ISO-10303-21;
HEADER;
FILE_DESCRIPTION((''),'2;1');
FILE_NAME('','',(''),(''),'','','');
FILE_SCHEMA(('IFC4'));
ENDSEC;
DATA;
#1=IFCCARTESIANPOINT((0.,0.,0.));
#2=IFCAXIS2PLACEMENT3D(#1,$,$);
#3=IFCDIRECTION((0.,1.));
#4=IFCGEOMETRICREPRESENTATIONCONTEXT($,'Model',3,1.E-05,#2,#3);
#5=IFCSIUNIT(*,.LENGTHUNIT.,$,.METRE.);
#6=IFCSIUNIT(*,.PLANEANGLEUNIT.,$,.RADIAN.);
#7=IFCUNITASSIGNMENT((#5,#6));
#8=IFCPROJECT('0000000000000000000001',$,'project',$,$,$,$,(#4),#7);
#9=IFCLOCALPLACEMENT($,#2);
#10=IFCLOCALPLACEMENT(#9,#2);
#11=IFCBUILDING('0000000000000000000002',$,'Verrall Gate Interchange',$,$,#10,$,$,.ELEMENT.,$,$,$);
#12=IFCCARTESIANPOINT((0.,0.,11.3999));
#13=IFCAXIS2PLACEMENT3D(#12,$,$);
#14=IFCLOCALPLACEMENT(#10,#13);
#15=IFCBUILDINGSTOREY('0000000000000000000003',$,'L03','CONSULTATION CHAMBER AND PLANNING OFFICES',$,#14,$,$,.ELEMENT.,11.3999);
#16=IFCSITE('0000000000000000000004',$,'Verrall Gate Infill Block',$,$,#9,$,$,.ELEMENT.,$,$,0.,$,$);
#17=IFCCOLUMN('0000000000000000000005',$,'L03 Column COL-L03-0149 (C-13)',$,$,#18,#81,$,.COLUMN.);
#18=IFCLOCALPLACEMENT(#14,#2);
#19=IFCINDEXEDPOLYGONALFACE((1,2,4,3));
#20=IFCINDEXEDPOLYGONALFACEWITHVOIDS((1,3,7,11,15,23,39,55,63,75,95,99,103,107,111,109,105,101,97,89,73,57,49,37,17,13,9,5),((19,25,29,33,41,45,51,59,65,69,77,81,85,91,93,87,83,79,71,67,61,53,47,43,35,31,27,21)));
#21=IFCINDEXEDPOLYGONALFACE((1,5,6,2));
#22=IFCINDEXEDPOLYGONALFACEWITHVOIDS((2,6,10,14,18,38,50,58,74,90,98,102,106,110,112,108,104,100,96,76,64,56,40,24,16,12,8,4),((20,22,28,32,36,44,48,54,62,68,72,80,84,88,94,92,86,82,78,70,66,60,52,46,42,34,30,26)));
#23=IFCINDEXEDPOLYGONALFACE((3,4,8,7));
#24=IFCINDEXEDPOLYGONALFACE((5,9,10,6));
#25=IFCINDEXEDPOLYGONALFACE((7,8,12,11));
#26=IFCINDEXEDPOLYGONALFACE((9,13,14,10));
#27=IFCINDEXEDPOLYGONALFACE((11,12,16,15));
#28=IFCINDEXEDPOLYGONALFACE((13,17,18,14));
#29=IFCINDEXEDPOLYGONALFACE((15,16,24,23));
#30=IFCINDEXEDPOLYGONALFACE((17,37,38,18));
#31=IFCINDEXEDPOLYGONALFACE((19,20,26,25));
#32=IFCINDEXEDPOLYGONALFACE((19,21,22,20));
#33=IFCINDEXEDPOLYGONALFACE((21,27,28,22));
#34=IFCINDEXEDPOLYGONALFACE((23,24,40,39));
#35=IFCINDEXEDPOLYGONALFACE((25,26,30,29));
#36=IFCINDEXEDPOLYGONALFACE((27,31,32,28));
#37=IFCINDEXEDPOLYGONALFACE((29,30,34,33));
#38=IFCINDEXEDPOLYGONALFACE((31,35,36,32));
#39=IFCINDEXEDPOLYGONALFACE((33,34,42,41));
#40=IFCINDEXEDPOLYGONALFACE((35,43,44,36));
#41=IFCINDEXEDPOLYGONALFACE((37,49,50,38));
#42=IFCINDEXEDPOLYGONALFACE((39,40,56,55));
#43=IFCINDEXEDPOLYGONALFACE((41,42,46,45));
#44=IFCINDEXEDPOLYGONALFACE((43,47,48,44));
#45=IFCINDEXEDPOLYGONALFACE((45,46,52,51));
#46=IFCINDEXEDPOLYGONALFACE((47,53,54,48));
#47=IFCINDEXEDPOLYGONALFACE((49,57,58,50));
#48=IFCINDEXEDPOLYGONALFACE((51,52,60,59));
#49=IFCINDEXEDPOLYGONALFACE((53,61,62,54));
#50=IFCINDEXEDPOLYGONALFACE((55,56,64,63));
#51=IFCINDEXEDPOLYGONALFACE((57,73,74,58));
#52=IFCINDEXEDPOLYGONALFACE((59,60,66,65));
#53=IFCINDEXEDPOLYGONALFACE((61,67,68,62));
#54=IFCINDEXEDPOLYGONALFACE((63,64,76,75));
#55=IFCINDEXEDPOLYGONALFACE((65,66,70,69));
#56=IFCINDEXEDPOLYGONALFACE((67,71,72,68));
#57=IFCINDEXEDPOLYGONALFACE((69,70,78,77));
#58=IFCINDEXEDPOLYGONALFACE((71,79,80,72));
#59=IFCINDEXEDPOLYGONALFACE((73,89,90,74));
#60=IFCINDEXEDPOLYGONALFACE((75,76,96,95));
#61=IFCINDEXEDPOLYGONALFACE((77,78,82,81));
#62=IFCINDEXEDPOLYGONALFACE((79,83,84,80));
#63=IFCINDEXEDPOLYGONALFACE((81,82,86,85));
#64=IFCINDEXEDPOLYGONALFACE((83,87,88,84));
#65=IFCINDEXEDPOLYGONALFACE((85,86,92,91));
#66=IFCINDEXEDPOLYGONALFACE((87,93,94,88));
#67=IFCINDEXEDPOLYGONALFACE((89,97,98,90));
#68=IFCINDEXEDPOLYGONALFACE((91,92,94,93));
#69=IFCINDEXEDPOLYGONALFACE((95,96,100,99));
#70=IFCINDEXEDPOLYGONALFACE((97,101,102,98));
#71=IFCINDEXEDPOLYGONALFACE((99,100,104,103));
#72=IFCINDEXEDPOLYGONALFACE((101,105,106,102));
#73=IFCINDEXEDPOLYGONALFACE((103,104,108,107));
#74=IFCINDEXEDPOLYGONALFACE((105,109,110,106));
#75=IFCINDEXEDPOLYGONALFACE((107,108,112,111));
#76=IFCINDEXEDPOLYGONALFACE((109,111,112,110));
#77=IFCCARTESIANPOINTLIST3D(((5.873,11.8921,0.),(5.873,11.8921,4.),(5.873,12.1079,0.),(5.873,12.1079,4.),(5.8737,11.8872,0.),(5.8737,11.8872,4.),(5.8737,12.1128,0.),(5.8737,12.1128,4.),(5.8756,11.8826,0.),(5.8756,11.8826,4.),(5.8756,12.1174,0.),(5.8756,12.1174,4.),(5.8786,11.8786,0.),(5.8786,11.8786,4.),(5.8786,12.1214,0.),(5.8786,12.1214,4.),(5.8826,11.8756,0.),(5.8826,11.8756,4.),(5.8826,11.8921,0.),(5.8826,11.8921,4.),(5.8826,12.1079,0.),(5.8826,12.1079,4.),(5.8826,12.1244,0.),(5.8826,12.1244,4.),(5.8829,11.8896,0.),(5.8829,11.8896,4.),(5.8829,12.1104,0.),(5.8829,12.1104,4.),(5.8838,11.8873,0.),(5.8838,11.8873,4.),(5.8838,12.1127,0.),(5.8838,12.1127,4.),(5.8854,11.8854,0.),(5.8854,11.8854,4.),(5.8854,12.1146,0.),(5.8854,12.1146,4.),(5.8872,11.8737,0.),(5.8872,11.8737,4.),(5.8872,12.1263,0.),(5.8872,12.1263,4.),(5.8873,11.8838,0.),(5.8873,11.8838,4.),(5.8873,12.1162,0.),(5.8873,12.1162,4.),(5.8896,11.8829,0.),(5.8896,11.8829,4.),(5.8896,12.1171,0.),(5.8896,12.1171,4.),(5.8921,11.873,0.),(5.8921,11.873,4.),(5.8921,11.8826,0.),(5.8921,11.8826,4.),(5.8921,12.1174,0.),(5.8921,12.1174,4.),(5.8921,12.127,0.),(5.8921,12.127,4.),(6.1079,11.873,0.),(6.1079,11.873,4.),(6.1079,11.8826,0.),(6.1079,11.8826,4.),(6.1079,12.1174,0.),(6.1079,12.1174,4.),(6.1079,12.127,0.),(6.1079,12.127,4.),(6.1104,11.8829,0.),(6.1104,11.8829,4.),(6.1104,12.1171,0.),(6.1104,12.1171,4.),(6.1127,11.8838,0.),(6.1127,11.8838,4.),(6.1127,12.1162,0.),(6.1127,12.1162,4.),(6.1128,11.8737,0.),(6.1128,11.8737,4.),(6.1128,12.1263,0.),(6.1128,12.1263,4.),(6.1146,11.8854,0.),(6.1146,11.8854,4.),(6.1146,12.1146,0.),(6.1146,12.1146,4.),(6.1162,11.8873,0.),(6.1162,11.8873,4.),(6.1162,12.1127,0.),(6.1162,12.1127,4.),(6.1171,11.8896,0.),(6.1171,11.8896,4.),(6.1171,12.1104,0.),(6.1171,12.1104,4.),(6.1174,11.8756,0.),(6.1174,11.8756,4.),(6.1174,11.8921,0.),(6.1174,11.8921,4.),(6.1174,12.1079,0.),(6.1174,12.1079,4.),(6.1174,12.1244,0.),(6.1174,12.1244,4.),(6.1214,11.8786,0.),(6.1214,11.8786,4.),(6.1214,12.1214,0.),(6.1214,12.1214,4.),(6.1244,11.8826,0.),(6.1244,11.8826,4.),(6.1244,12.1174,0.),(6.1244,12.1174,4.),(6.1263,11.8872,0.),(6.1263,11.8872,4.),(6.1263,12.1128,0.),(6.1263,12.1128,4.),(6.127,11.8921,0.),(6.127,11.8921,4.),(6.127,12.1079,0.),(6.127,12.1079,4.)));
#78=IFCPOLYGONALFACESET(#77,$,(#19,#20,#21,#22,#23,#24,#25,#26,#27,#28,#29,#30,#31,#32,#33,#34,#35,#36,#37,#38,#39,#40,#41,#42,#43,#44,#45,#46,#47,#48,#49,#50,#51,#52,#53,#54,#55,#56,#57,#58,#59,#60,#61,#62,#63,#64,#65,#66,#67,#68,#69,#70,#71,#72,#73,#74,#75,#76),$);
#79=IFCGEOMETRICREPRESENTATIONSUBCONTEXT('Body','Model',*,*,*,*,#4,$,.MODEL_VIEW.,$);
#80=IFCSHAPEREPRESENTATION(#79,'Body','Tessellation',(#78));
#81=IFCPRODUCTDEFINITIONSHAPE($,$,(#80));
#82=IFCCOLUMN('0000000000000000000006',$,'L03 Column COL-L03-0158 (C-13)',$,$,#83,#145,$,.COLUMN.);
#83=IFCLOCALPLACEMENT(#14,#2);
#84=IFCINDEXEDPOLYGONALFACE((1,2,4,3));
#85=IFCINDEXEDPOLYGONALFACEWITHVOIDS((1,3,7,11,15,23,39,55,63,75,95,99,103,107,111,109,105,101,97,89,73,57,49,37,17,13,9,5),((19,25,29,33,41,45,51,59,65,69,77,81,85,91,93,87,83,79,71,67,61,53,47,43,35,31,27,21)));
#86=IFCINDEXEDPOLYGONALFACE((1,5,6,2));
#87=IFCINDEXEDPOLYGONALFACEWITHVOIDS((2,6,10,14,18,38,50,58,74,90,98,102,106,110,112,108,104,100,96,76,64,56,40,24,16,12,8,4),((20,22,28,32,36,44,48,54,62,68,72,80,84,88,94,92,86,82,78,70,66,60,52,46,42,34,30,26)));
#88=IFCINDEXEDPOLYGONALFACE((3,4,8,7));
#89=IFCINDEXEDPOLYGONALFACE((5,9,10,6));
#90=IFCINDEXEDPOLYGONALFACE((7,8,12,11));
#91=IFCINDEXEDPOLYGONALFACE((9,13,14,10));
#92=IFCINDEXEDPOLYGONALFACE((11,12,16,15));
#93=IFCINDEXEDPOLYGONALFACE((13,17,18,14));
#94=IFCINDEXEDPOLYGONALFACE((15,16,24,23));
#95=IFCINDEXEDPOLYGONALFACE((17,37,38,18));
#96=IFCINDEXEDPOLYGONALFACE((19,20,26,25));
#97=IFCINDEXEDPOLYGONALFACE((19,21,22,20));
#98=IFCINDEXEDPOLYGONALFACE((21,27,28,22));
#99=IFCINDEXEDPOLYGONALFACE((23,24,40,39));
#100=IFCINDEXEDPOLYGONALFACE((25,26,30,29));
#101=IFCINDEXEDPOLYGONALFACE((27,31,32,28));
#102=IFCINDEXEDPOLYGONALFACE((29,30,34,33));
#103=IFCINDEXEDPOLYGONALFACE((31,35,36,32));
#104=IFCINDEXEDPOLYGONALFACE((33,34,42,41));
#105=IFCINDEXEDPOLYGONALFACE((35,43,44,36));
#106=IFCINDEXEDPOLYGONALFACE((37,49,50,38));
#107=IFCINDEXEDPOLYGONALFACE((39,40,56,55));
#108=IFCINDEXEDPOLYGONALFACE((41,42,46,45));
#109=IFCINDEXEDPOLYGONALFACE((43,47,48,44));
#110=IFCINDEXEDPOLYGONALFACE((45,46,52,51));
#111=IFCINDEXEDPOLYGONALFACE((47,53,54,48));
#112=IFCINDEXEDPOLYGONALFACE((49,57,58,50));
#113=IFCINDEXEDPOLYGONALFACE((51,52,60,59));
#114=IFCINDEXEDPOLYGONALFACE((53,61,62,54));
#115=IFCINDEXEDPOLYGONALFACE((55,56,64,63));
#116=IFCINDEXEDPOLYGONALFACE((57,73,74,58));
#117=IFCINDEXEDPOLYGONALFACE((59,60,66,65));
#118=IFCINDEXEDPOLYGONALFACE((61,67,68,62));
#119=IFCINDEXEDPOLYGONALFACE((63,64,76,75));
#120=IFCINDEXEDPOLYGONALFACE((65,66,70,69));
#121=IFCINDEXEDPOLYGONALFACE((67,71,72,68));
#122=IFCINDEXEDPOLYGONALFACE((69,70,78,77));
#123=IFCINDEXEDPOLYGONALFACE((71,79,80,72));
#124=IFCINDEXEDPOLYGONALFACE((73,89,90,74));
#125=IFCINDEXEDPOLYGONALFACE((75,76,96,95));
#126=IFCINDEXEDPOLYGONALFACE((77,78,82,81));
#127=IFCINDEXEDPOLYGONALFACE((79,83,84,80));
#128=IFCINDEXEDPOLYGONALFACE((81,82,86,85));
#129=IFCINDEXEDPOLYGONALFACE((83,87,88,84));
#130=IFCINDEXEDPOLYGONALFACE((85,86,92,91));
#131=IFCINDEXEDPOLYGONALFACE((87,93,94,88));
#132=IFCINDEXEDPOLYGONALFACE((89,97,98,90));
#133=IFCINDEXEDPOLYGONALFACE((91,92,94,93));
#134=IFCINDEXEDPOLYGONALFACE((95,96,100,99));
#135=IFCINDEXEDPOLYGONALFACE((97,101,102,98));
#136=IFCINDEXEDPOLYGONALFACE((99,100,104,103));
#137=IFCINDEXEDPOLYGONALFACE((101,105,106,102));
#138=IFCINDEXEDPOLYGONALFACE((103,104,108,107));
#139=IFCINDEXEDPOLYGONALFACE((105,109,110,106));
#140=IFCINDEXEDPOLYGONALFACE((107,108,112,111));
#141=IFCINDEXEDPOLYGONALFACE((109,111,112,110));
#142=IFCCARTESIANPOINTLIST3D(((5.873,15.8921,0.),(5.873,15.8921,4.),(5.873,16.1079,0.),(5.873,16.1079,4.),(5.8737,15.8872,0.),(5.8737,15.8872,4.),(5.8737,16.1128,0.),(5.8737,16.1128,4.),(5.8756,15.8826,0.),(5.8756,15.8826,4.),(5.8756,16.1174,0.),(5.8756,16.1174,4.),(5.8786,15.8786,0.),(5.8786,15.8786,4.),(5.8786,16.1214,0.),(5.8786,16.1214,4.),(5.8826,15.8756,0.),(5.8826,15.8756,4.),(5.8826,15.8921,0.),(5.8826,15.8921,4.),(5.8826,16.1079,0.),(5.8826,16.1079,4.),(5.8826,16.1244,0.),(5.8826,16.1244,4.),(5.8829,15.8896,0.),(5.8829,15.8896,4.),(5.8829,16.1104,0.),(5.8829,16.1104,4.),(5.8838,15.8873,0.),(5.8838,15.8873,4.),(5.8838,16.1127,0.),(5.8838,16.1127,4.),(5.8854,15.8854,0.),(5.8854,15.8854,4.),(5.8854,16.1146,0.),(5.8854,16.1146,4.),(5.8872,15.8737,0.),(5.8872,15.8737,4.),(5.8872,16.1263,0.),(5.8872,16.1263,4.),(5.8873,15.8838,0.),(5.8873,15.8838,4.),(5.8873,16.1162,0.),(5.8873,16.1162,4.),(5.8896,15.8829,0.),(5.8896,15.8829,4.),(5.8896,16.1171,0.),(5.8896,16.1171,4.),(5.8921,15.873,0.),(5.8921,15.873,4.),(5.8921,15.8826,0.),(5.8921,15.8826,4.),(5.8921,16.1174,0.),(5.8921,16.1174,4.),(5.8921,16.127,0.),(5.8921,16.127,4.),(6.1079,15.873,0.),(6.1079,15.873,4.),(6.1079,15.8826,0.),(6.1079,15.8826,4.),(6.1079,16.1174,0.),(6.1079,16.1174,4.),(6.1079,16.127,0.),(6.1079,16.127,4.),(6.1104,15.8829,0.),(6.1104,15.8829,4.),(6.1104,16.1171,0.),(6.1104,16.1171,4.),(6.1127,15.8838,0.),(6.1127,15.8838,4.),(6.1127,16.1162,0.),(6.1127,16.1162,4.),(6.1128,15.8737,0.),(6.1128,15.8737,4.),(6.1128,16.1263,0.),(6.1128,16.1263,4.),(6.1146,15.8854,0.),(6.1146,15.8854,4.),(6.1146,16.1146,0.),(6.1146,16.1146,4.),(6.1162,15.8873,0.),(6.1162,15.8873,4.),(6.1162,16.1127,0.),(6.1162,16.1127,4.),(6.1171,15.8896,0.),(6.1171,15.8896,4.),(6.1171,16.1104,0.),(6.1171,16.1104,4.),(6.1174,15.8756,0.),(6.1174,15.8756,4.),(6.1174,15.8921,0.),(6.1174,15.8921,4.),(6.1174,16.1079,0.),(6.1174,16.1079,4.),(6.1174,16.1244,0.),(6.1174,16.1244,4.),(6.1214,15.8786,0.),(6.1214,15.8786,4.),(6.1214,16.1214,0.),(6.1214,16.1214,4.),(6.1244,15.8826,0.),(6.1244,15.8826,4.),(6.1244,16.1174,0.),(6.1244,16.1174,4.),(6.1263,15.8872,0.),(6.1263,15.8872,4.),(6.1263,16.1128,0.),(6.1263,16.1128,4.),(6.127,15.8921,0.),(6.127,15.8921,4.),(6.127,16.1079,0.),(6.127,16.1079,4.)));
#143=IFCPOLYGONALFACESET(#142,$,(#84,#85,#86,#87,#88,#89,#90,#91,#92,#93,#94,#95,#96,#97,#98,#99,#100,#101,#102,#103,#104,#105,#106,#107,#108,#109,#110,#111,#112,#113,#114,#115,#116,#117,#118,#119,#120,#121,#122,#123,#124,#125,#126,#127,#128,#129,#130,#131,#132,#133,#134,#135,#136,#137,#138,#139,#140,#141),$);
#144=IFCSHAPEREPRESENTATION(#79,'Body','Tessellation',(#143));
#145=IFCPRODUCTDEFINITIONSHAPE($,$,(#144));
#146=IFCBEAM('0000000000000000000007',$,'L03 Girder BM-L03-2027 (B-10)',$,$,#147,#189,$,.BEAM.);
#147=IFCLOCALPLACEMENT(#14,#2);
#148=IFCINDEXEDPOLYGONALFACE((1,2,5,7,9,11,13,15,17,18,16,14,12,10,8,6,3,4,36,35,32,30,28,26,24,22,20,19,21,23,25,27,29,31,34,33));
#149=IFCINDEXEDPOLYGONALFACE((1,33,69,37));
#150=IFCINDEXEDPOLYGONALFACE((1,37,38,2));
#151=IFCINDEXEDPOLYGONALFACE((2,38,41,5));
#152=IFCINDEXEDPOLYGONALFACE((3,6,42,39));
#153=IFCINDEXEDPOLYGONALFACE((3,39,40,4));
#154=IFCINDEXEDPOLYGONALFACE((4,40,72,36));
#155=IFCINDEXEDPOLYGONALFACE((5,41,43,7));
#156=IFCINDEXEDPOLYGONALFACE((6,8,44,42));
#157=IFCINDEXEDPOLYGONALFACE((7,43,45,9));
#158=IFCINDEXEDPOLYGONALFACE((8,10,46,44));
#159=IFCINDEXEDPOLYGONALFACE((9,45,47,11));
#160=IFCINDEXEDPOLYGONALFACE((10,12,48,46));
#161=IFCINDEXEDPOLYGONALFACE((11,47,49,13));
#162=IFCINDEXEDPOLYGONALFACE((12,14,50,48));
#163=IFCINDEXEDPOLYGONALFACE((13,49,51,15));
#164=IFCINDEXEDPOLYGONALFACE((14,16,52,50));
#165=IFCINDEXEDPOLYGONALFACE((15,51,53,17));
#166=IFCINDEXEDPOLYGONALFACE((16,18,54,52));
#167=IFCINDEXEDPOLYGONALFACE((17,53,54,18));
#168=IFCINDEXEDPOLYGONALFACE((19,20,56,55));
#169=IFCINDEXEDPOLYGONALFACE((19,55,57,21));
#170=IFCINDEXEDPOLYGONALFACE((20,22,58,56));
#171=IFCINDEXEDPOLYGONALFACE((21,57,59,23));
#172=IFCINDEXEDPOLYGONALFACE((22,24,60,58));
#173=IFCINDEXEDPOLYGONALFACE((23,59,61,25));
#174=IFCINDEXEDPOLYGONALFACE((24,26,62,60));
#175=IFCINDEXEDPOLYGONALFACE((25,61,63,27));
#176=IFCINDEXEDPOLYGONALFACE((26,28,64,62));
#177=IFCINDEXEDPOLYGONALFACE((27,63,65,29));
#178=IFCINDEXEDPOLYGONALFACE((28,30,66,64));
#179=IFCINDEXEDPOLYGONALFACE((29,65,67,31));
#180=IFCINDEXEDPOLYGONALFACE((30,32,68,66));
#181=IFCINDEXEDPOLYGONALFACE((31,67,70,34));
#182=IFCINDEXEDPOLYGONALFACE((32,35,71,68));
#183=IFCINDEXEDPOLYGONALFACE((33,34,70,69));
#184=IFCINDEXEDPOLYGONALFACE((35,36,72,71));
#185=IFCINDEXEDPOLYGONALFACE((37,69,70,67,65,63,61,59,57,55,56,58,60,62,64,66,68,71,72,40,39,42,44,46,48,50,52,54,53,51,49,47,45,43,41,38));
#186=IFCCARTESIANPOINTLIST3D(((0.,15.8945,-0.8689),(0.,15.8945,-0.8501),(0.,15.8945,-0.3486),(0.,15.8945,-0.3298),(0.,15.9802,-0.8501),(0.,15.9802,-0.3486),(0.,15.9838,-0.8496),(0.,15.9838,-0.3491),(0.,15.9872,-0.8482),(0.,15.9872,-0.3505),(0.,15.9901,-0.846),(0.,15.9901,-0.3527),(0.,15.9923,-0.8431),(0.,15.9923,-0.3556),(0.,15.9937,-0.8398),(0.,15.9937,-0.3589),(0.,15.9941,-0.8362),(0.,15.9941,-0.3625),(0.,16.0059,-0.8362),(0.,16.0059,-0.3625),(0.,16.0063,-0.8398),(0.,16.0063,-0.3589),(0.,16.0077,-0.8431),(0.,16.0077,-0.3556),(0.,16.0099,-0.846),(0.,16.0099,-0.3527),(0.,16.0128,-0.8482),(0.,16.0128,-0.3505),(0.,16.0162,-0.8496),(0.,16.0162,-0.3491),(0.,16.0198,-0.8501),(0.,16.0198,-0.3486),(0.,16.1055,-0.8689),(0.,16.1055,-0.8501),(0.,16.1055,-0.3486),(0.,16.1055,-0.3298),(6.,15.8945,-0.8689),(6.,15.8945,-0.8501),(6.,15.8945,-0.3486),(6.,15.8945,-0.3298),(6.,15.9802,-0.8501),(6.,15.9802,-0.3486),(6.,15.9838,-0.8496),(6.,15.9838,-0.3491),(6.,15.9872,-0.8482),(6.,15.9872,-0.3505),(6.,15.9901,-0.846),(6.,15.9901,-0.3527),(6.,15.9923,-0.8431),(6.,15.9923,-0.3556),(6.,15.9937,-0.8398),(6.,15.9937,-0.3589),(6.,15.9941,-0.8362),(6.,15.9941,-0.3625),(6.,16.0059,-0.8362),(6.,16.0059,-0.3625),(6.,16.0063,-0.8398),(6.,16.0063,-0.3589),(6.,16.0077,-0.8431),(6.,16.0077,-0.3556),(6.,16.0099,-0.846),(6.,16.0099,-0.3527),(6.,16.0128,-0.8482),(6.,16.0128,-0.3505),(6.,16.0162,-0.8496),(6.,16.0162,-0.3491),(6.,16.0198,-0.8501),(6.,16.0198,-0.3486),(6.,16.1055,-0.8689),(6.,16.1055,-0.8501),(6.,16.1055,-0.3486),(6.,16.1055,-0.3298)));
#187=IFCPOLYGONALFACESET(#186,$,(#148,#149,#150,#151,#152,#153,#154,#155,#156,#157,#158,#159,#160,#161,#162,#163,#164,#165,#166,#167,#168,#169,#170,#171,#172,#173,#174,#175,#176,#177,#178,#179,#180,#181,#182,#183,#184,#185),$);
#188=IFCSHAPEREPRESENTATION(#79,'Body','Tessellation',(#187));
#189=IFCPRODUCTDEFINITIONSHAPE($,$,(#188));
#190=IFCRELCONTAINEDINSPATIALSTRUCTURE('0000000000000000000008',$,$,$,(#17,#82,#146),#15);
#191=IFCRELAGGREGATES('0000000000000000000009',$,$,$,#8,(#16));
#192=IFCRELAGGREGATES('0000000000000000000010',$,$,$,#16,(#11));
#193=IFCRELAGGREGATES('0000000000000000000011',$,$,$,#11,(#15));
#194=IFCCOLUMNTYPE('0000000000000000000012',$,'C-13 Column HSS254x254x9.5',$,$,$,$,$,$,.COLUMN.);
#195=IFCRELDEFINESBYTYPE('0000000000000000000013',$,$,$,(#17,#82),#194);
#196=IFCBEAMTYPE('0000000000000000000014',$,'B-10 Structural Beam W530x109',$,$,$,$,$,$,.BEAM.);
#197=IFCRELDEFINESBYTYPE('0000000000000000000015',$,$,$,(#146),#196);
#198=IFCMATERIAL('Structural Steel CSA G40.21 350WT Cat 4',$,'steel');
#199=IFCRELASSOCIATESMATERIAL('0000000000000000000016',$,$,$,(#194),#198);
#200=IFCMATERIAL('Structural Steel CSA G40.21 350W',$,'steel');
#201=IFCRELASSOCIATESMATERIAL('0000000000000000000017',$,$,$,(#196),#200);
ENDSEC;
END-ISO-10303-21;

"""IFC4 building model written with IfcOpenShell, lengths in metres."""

from ifc_helpers import new_model, si_unit, direction, frame, origin, origin_2d, place, context, subcontext, project, spatial, hollow_rectangle, i_section, extrude, material, material_profile, profile_set, type_object, element, save


model = new_model("IFC4")

# Units and contexts
model_context = context("Model", 3, precision=1e-05, world=origin(), true_north=direction((0.0, 1.0)))
body_context = subcontext(model_context, "Body", "Model", "MODEL_VIEW")
ifc_project = project(units=[si_unit("LENGTHUNIT", "METRE"), si_unit("PLANEANGLEUNIT", "RADIAN")], contexts=[model_context])

# Site, building, storey
site_placement = place(None, origin())
site = spatial("IfcSite", under=ifc_project, at=site_placement, Name="Verrall Gate Infill Block", CompositionType="ELEMENT", RefElevation=0.0)
building_placement = place(site_placement, origin())
building = spatial("IfcBuilding", under=site, at=building_placement, Name="Verrall Gate Interchange", CompositionType="ELEMENT")
storey_placement = place(building_placement, frame((0.0, 0.0, 11.3999)))
storey = spatial("IfcBuildingStorey", under=building, at=storey_placement, Name="L03", Description="CONSULTATION CHAMBER AND PLANNING OFFICES", CompositionType="ELEMENT", Elevation=11.3999)

# Columns
ifc_material_1 = material(Name="Structural Steel CSA G40.21 350WT Cat 4", Category="steel")
ifc_material_profile_1 = material_profile(ifc_material_1, hollow_rectangle(XDim=0.2539, YDim=0.2539, WallThickness=0.0095, InnerFilletRadius=0.0095, OuterFilletRadius=0.019, at=origin_2d()), Name="HSS254x254x9.5")
ifc_profile_set_1 = profile_set([ifc_material_profile_1], Name="Structural Steel CSA G40.21 350WT Cat 4")
column_type_1 = type_object("IfcColumnType", Name="C-13 Column HSS254x254x9.5", PredefinedType="COLUMN", material=ifc_profile_set_1)
for number, where, z_axis, x_axis, name in (
    (1, (6.0, 12.0, 0.0), (0.0, 0.0, 1.0), (1.0, 0.0, 0.0), "L03 Column COL-L03-0149 (C-13)"),
    (2, (6.0, 16.0, 0.0), (0.0, 0.0, 1.0), (1.0, 0.0, 0.0), "L03 Column COL-L03-0158 (C-13)"),
):
    element("IfcColumn", number, at=place(storey_placement, frame(where, z_axis=z_axis, x_axis=x_axis)), inside=storey, type_object=column_type_1, Name=name, PredefinedType="COLUMN", context=body_context, shape_type="SweptSolid", body=[
        extrude(hollow_rectangle(XDim=0.2539, YDim=0.2539, WallThickness=0.0095, InnerFilletRadius=0.0095, OuterFilletRadius=0.019, at=origin_2d()), origin(), (0.0, 0.0, 1.0), 4.0),
    ])

# Beam
ifc_material_2 = material(Name="Structural Steel CSA G40.21 350W", Category="steel")
ifc_material_profile_2 = material_profile(ifc_material_2, i_section(OverallWidth=0.2109, OverallDepth=0.5391, WebThickness=0.0117, FlangeThickness=0.0188, FilletRadius=0.0139, at=origin_2d()), Name="W530x109")
ifc_profile_set_2 = profile_set([ifc_material_profile_2], Name="Structural Steel CSA G40.21 350W")
beam_type_1 = type_object("IfcBeamType", Name="B-10 Structural Beam W530x109", PredefinedType="BEAM", material=ifc_profile_set_2)
beam_1_placement = place(storey_placement, frame((0.0, 16.0, -0.5994), z_axis=(1.0, 0.0, 0.0), x_axis=(0.0, 1.0, 0.0)))
element("IfcBeam", 3, at=beam_1_placement, inside=storey, type_object=beam_type_1, Name="L03 Girder BM-L03-2027 (B-10)", PredefinedType="BEAM", context=body_context, shape_type="SweptSolid", body=[
    extrude(i_section(OverallWidth=0.2109, OverallDepth=0.5391, WebThickness=0.0117, FlangeThickness=0.0188, FilletRadius=0.0139, at=origin_2d()), origin(), (0.0, 0.0, 1.0), 6.0),
])

save(model, "model.ifc")
